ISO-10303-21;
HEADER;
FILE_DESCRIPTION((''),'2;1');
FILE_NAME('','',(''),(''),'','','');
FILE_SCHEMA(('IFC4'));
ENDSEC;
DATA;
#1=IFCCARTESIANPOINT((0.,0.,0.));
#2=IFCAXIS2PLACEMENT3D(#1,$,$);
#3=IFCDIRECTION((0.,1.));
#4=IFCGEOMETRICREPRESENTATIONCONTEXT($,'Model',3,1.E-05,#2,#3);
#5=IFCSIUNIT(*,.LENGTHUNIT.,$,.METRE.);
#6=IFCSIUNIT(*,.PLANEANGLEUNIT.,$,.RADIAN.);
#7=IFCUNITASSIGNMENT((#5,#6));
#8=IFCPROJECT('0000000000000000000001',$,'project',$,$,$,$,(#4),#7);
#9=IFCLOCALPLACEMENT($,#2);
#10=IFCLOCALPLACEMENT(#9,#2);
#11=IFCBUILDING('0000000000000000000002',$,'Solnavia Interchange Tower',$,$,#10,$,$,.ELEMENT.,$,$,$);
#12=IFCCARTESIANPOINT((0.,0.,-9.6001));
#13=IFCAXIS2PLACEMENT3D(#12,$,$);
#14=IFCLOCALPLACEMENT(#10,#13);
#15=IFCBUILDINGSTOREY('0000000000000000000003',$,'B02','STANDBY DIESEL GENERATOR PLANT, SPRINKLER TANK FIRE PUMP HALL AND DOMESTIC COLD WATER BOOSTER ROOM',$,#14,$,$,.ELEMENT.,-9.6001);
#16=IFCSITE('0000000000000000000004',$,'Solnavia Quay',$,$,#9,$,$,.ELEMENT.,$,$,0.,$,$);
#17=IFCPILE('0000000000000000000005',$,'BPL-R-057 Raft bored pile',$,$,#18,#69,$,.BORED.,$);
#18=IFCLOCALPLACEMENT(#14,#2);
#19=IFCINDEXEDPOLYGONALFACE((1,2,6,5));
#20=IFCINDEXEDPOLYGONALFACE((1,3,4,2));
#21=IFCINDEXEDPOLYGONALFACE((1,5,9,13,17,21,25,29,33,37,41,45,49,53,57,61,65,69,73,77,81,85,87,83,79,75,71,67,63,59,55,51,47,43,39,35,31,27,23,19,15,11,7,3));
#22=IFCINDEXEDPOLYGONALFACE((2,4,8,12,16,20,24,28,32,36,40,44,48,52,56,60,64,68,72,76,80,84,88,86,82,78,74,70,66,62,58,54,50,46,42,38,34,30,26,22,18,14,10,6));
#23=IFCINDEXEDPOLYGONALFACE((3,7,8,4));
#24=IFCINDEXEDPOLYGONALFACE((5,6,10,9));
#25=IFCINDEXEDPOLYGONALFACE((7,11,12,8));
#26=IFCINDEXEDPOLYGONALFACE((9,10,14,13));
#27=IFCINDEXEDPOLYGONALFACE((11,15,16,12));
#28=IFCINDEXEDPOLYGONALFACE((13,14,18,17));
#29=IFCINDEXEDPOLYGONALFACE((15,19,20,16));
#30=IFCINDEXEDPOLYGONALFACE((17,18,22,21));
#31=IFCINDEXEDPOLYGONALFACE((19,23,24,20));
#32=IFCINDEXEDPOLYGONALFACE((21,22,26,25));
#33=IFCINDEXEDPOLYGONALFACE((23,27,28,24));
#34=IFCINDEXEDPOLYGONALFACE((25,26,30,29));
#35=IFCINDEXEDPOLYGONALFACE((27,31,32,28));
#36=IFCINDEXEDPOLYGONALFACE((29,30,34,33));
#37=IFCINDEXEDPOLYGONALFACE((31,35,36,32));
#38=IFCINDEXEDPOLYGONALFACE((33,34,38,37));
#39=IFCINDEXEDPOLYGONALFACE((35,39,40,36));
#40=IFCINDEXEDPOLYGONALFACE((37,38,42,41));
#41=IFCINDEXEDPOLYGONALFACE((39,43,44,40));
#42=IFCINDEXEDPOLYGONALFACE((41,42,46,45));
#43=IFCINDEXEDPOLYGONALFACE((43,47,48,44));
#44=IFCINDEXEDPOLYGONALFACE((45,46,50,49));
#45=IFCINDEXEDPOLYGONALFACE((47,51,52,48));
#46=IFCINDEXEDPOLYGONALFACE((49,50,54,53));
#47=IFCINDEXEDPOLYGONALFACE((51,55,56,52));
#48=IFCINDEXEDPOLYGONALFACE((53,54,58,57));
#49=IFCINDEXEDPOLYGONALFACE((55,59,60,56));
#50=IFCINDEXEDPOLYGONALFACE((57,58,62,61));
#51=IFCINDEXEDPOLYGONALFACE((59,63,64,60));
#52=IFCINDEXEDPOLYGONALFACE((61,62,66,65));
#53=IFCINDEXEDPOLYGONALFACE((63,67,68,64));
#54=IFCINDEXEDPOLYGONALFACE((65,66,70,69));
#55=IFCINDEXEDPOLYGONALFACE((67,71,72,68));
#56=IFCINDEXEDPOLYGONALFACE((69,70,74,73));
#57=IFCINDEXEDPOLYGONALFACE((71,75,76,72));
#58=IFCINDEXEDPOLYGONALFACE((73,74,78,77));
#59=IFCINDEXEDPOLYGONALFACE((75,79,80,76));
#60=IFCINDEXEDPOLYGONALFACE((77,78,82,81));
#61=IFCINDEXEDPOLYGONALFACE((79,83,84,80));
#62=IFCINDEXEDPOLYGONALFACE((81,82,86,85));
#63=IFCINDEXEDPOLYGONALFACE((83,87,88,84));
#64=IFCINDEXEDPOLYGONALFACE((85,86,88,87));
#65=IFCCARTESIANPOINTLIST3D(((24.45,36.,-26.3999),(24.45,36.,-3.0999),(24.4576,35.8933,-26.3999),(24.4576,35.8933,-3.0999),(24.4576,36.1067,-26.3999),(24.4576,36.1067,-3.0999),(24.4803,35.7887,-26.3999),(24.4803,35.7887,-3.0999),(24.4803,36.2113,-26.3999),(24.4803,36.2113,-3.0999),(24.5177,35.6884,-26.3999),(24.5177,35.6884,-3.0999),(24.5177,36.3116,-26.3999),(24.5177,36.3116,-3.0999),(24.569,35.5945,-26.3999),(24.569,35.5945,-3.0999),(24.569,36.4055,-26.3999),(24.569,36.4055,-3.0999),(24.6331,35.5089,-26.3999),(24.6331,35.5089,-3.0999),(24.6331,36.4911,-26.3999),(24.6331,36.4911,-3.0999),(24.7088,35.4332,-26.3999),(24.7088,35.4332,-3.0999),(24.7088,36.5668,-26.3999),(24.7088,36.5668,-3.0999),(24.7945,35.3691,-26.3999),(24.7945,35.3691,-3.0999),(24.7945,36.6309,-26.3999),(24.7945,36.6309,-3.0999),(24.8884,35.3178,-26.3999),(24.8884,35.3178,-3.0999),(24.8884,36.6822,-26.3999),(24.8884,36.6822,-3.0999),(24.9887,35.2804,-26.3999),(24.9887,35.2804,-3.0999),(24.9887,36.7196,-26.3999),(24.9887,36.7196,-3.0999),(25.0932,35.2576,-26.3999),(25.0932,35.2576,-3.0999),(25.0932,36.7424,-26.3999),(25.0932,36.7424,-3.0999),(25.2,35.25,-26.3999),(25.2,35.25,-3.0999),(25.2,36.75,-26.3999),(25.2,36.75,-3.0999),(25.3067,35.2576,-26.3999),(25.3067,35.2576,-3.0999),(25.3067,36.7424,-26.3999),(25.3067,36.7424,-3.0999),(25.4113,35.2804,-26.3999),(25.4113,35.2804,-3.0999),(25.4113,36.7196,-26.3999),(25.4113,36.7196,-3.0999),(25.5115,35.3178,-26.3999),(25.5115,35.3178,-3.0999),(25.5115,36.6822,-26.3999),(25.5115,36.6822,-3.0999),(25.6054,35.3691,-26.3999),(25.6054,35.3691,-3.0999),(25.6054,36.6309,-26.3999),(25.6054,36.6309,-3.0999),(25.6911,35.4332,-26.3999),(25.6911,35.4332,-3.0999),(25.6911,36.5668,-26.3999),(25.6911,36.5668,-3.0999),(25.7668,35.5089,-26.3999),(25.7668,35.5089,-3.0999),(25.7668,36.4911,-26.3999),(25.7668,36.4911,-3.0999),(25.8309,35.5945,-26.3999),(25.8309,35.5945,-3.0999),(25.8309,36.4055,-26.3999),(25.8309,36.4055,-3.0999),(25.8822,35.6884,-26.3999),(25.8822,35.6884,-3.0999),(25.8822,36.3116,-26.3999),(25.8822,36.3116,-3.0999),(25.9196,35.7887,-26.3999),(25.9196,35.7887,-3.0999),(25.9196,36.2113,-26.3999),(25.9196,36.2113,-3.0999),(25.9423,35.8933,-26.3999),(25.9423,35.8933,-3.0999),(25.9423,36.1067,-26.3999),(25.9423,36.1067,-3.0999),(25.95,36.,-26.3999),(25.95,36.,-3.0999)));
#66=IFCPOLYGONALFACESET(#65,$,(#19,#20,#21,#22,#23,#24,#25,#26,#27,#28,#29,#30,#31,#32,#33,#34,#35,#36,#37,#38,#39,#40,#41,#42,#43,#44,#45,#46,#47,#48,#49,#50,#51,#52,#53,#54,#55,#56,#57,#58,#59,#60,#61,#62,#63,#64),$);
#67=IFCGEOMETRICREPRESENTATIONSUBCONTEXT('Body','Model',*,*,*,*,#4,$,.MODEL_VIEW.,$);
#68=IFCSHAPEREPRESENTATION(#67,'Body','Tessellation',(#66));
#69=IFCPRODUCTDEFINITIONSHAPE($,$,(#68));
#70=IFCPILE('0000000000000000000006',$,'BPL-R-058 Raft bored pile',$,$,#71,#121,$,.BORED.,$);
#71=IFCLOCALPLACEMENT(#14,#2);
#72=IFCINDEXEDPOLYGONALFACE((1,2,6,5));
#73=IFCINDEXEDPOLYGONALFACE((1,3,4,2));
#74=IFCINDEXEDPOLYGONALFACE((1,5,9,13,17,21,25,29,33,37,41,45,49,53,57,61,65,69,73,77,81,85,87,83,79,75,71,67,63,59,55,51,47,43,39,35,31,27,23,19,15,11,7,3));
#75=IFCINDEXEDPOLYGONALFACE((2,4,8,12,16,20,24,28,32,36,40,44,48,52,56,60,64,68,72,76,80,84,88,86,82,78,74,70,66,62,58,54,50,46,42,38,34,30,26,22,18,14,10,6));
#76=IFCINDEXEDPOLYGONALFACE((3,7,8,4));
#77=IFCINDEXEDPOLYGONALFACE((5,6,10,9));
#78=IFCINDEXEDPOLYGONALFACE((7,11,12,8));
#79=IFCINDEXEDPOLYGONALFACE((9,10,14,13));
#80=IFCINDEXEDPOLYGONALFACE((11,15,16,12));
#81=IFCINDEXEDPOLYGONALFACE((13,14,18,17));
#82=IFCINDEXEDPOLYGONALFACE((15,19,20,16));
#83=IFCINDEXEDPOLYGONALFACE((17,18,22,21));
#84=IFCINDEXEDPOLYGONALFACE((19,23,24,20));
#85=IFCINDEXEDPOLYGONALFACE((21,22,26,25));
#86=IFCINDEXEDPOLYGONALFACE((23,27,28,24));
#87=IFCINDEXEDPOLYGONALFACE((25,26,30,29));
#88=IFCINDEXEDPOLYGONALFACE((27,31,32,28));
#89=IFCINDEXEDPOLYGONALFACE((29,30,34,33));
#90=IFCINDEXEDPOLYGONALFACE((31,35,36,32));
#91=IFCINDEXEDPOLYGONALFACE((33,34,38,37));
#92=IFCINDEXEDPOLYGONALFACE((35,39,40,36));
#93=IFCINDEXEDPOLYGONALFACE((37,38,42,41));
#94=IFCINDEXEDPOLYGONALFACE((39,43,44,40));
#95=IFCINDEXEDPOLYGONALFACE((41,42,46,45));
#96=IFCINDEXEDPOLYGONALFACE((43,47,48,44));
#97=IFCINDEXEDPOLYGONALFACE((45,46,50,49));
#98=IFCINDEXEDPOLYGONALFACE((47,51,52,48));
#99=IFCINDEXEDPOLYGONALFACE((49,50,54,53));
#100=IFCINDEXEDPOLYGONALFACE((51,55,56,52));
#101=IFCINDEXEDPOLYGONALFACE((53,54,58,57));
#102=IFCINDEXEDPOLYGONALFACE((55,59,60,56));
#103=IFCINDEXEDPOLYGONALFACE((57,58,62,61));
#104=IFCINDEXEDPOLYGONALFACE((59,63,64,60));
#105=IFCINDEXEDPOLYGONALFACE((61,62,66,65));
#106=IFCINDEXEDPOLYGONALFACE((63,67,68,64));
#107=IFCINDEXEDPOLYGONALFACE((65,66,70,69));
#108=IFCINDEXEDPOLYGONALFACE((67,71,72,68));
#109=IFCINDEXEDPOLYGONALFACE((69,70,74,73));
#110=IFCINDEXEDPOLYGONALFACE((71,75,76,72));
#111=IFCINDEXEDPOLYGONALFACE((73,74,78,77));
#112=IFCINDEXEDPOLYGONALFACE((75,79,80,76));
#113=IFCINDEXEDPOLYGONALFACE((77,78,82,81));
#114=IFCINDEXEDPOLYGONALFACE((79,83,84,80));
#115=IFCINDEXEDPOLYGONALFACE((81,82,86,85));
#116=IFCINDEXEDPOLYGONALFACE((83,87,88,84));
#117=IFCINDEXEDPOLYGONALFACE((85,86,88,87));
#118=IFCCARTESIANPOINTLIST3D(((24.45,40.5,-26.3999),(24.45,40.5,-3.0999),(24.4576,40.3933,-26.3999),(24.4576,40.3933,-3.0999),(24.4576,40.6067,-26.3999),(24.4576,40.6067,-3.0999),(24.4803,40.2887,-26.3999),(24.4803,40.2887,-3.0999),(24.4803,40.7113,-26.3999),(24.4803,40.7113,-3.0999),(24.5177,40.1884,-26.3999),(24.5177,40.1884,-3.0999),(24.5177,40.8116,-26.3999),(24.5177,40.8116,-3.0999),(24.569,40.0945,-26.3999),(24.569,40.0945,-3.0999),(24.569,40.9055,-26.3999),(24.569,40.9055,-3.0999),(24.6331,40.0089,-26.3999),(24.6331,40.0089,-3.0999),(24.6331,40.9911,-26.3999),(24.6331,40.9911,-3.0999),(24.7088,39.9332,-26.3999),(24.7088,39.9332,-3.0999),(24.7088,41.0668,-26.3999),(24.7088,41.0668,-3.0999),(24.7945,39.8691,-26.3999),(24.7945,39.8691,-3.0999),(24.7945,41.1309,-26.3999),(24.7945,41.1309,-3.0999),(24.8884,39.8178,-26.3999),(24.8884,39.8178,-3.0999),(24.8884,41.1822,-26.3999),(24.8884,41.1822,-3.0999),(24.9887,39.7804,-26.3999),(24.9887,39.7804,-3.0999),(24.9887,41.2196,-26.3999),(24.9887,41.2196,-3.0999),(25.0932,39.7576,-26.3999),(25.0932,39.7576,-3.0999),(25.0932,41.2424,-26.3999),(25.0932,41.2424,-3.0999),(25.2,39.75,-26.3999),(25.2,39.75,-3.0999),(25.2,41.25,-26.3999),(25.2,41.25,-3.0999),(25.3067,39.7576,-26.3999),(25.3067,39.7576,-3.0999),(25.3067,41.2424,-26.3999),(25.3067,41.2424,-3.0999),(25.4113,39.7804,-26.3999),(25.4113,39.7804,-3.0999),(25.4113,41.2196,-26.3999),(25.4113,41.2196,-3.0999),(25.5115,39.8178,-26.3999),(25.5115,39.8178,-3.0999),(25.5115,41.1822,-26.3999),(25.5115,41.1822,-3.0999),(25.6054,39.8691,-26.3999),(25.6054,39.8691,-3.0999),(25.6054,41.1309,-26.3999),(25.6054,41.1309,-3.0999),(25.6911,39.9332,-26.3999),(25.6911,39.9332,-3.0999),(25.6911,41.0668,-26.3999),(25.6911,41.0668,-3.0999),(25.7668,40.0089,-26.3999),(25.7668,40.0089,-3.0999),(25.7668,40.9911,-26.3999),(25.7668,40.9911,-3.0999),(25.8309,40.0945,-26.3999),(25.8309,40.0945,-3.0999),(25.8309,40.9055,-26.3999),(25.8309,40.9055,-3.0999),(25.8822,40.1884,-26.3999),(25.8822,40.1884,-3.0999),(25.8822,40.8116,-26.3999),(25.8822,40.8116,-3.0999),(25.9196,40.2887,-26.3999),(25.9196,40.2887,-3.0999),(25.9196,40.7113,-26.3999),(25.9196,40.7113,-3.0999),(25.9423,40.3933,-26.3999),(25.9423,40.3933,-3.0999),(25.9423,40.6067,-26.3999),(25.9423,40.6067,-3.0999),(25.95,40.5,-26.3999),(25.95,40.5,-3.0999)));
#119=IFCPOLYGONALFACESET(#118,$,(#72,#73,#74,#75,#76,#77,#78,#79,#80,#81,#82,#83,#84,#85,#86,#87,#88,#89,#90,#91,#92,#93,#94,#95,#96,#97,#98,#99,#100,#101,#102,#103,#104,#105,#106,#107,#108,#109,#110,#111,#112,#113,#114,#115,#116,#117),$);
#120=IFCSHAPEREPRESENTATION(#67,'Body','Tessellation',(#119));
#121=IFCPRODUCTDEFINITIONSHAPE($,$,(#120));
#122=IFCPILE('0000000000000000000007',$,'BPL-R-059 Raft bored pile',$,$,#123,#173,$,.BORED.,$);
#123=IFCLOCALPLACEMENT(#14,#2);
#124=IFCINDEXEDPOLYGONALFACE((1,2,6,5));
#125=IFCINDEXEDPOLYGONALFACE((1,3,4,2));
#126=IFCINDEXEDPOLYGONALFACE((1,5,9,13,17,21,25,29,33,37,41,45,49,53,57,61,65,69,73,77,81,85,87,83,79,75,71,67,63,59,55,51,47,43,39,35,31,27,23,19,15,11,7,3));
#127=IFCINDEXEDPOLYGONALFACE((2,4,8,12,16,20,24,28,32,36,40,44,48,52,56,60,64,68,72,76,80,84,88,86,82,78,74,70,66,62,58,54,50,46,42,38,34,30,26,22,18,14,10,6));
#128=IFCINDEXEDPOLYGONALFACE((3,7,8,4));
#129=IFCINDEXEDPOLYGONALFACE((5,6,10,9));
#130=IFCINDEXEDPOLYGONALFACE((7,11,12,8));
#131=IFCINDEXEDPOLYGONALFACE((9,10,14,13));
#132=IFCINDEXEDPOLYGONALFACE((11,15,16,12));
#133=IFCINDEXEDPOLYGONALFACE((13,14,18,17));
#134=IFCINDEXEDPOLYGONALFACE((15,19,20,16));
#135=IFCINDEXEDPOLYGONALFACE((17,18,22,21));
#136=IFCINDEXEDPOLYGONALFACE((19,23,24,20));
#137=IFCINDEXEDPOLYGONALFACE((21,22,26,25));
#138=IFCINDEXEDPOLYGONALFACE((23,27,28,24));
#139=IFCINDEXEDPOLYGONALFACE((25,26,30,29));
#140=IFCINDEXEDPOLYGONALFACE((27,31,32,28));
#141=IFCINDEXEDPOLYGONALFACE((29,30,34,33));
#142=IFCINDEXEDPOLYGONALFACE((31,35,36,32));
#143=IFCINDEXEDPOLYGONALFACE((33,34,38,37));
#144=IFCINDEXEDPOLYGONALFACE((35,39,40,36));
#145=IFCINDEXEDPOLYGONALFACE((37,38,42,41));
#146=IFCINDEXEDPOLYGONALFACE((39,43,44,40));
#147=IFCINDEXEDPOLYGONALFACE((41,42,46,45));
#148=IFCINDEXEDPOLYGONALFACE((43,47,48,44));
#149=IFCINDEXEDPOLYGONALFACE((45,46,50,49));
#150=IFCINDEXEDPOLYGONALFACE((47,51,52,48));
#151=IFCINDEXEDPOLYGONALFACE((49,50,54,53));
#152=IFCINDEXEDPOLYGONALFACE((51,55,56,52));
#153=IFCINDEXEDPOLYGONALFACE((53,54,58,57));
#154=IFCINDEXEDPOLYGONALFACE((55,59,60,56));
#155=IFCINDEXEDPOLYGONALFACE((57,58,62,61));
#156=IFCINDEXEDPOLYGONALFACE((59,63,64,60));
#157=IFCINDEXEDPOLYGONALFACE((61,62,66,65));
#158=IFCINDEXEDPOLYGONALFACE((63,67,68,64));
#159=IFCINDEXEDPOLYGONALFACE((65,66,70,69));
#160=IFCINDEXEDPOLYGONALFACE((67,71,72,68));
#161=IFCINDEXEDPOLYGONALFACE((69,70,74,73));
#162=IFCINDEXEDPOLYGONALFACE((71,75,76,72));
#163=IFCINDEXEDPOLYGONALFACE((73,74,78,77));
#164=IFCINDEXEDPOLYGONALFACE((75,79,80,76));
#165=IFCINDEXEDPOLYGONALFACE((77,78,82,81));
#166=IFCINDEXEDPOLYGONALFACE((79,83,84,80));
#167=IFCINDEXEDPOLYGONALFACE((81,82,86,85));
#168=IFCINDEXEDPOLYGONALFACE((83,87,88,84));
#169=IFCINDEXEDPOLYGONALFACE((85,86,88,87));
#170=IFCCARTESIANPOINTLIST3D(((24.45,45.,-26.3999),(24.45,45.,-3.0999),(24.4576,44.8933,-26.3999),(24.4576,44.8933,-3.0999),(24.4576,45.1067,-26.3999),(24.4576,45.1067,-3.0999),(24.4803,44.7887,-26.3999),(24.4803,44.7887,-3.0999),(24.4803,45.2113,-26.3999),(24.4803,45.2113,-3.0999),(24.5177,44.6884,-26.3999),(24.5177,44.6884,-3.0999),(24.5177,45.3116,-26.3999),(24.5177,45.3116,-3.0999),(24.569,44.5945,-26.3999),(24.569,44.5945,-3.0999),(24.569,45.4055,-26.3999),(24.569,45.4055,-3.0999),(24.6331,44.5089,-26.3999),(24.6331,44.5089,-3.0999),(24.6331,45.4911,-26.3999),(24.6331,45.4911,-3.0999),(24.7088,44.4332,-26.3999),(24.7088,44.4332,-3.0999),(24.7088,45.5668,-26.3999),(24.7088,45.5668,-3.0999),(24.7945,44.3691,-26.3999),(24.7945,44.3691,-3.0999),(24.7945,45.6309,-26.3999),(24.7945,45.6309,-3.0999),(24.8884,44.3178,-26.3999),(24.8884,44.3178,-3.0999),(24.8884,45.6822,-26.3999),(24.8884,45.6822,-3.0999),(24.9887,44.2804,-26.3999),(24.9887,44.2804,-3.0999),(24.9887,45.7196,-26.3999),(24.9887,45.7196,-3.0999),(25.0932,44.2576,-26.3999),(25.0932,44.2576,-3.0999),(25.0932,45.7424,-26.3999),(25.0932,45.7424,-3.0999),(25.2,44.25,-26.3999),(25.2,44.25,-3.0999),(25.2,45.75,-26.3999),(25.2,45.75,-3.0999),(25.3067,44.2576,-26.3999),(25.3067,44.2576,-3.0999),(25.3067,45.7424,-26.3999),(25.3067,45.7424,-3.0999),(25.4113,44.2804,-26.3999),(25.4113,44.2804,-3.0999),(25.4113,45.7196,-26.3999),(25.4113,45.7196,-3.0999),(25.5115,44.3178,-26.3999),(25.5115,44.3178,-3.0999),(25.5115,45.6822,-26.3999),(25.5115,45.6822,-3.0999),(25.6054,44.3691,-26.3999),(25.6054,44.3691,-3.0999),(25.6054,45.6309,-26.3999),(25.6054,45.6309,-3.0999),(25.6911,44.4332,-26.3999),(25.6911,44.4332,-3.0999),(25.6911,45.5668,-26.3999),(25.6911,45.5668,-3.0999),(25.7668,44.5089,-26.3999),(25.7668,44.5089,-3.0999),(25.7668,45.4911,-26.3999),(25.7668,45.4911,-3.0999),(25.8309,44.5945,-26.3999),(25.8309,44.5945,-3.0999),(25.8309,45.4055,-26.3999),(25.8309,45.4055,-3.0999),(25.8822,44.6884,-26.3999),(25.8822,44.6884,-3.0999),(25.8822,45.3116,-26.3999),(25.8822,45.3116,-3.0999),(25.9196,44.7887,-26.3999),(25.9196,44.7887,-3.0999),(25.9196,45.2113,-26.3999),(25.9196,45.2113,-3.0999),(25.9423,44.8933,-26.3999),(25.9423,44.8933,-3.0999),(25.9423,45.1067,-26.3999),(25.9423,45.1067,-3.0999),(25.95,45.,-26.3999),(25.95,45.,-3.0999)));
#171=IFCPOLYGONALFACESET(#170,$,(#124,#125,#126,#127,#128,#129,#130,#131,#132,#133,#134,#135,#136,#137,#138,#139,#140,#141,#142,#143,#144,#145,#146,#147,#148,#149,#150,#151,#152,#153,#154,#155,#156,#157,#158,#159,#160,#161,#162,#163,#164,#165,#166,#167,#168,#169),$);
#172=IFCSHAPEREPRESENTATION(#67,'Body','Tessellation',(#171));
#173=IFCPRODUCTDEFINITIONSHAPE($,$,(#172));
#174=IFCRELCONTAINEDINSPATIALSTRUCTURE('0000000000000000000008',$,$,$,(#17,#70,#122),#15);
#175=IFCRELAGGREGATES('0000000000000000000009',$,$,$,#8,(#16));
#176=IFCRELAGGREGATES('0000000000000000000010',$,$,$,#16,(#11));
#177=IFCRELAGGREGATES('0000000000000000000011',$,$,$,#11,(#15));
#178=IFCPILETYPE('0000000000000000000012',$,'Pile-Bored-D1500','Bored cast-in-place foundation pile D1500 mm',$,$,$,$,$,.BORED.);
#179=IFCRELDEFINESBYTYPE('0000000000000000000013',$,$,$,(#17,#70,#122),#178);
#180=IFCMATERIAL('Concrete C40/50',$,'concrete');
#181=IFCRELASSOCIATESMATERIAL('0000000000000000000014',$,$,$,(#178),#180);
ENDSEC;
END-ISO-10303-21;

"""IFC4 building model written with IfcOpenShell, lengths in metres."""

from ifc_helpers import new_model, si_unit, direction, frame, origin, origin_2d, place, context, subcontext, project, spatial, circle, extrude, material, material_profile, profile_set, type_object, element, save


model = new_model("IFC4")

# Units and contexts
model_context = context("Model", 3, precision=1e-05, world=origin(), true_north=direction((0.0, 1.0)))
body_context = subcontext(model_context, "Body", "Model", "MODEL_VIEW")
ifc_project = project(units=[si_unit("LENGTHUNIT", "METRE"), si_unit("PLANEANGLEUNIT", "RADIAN")], contexts=[model_context])

# Site, building, storey
site_placement = place(None, origin())
site = spatial("IfcSite", under=ifc_project, at=site_placement, Name="Solnavia Quay", CompositionType="ELEMENT", RefElevation=0.0)
building_placement = place(site_placement, origin())
building = spatial("IfcBuilding", under=site, at=building_placement, Name="Solnavia Interchange Tower", CompositionType="ELEMENT")
storey_placement = place(building_placement, frame((0.0, 0.0, -9.6001)))
storey = spatial("IfcBuildingStorey", under=building, at=storey_placement, Name="B02", Description="STANDBY DIESEL GENERATOR PLANT, SPRINKLER TANK FIRE PUMP HALL AND DOMESTIC COLD WATER BOOSTER ROOM", CompositionType="ELEMENT", Elevation=-9.6001)

# Shared definitions
ifc_material_1 = material(Name="Concrete C40/50", Category="concrete")

# Piles
ifc_material_profile_1 = material_profile(ifc_material_1, circle(Radius=0.75, at=origin_2d()), Name="PILE D1500")
ifc_profile_set_1 = profile_set([ifc_material_profile_1], Name="Concrete C40/50")
pile_type = type_object("IfcPileType", Name="Pile-Bored-D1500", Description="Bored cast-in-place foundation pile D1500 mm", PredefinedType="BORED", material=ifc_profile_set_1)
for number, where, z_axis, x_axis, name in (
    (1, (25.2, 36.0, -3.0999), (0.0, 0.0, -1.0), (1.0, 0.0, 0.0), "BPL-R-057 Raft bored pile"),
    (2, (25.2, 40.5, -3.0999), (0.0, 0.0, -1.0), (1.0, 0.0, 0.0), "BPL-R-058 Raft bored pile"),
    (3, (25.2, 45.0, -3.0999), (0.0, 0.0, -1.0), (1.0, 0.0, 0.0), "BPL-R-059 Raft bored pile"),
):
    element("IfcPile", number, at=place(storey_placement, frame(where, z_axis=z_axis, x_axis=x_axis)), inside=storey, type_object=pile_type, Name=name, PredefinedType="BORED", context=body_context, shape_type="SweptSolid", body=[
        extrude(circle(Radius=0.75, at=origin_2d()), origin(), (0.0, 0.0, 1.0), 23.3),
    ])

save(model, "model.ifc")
